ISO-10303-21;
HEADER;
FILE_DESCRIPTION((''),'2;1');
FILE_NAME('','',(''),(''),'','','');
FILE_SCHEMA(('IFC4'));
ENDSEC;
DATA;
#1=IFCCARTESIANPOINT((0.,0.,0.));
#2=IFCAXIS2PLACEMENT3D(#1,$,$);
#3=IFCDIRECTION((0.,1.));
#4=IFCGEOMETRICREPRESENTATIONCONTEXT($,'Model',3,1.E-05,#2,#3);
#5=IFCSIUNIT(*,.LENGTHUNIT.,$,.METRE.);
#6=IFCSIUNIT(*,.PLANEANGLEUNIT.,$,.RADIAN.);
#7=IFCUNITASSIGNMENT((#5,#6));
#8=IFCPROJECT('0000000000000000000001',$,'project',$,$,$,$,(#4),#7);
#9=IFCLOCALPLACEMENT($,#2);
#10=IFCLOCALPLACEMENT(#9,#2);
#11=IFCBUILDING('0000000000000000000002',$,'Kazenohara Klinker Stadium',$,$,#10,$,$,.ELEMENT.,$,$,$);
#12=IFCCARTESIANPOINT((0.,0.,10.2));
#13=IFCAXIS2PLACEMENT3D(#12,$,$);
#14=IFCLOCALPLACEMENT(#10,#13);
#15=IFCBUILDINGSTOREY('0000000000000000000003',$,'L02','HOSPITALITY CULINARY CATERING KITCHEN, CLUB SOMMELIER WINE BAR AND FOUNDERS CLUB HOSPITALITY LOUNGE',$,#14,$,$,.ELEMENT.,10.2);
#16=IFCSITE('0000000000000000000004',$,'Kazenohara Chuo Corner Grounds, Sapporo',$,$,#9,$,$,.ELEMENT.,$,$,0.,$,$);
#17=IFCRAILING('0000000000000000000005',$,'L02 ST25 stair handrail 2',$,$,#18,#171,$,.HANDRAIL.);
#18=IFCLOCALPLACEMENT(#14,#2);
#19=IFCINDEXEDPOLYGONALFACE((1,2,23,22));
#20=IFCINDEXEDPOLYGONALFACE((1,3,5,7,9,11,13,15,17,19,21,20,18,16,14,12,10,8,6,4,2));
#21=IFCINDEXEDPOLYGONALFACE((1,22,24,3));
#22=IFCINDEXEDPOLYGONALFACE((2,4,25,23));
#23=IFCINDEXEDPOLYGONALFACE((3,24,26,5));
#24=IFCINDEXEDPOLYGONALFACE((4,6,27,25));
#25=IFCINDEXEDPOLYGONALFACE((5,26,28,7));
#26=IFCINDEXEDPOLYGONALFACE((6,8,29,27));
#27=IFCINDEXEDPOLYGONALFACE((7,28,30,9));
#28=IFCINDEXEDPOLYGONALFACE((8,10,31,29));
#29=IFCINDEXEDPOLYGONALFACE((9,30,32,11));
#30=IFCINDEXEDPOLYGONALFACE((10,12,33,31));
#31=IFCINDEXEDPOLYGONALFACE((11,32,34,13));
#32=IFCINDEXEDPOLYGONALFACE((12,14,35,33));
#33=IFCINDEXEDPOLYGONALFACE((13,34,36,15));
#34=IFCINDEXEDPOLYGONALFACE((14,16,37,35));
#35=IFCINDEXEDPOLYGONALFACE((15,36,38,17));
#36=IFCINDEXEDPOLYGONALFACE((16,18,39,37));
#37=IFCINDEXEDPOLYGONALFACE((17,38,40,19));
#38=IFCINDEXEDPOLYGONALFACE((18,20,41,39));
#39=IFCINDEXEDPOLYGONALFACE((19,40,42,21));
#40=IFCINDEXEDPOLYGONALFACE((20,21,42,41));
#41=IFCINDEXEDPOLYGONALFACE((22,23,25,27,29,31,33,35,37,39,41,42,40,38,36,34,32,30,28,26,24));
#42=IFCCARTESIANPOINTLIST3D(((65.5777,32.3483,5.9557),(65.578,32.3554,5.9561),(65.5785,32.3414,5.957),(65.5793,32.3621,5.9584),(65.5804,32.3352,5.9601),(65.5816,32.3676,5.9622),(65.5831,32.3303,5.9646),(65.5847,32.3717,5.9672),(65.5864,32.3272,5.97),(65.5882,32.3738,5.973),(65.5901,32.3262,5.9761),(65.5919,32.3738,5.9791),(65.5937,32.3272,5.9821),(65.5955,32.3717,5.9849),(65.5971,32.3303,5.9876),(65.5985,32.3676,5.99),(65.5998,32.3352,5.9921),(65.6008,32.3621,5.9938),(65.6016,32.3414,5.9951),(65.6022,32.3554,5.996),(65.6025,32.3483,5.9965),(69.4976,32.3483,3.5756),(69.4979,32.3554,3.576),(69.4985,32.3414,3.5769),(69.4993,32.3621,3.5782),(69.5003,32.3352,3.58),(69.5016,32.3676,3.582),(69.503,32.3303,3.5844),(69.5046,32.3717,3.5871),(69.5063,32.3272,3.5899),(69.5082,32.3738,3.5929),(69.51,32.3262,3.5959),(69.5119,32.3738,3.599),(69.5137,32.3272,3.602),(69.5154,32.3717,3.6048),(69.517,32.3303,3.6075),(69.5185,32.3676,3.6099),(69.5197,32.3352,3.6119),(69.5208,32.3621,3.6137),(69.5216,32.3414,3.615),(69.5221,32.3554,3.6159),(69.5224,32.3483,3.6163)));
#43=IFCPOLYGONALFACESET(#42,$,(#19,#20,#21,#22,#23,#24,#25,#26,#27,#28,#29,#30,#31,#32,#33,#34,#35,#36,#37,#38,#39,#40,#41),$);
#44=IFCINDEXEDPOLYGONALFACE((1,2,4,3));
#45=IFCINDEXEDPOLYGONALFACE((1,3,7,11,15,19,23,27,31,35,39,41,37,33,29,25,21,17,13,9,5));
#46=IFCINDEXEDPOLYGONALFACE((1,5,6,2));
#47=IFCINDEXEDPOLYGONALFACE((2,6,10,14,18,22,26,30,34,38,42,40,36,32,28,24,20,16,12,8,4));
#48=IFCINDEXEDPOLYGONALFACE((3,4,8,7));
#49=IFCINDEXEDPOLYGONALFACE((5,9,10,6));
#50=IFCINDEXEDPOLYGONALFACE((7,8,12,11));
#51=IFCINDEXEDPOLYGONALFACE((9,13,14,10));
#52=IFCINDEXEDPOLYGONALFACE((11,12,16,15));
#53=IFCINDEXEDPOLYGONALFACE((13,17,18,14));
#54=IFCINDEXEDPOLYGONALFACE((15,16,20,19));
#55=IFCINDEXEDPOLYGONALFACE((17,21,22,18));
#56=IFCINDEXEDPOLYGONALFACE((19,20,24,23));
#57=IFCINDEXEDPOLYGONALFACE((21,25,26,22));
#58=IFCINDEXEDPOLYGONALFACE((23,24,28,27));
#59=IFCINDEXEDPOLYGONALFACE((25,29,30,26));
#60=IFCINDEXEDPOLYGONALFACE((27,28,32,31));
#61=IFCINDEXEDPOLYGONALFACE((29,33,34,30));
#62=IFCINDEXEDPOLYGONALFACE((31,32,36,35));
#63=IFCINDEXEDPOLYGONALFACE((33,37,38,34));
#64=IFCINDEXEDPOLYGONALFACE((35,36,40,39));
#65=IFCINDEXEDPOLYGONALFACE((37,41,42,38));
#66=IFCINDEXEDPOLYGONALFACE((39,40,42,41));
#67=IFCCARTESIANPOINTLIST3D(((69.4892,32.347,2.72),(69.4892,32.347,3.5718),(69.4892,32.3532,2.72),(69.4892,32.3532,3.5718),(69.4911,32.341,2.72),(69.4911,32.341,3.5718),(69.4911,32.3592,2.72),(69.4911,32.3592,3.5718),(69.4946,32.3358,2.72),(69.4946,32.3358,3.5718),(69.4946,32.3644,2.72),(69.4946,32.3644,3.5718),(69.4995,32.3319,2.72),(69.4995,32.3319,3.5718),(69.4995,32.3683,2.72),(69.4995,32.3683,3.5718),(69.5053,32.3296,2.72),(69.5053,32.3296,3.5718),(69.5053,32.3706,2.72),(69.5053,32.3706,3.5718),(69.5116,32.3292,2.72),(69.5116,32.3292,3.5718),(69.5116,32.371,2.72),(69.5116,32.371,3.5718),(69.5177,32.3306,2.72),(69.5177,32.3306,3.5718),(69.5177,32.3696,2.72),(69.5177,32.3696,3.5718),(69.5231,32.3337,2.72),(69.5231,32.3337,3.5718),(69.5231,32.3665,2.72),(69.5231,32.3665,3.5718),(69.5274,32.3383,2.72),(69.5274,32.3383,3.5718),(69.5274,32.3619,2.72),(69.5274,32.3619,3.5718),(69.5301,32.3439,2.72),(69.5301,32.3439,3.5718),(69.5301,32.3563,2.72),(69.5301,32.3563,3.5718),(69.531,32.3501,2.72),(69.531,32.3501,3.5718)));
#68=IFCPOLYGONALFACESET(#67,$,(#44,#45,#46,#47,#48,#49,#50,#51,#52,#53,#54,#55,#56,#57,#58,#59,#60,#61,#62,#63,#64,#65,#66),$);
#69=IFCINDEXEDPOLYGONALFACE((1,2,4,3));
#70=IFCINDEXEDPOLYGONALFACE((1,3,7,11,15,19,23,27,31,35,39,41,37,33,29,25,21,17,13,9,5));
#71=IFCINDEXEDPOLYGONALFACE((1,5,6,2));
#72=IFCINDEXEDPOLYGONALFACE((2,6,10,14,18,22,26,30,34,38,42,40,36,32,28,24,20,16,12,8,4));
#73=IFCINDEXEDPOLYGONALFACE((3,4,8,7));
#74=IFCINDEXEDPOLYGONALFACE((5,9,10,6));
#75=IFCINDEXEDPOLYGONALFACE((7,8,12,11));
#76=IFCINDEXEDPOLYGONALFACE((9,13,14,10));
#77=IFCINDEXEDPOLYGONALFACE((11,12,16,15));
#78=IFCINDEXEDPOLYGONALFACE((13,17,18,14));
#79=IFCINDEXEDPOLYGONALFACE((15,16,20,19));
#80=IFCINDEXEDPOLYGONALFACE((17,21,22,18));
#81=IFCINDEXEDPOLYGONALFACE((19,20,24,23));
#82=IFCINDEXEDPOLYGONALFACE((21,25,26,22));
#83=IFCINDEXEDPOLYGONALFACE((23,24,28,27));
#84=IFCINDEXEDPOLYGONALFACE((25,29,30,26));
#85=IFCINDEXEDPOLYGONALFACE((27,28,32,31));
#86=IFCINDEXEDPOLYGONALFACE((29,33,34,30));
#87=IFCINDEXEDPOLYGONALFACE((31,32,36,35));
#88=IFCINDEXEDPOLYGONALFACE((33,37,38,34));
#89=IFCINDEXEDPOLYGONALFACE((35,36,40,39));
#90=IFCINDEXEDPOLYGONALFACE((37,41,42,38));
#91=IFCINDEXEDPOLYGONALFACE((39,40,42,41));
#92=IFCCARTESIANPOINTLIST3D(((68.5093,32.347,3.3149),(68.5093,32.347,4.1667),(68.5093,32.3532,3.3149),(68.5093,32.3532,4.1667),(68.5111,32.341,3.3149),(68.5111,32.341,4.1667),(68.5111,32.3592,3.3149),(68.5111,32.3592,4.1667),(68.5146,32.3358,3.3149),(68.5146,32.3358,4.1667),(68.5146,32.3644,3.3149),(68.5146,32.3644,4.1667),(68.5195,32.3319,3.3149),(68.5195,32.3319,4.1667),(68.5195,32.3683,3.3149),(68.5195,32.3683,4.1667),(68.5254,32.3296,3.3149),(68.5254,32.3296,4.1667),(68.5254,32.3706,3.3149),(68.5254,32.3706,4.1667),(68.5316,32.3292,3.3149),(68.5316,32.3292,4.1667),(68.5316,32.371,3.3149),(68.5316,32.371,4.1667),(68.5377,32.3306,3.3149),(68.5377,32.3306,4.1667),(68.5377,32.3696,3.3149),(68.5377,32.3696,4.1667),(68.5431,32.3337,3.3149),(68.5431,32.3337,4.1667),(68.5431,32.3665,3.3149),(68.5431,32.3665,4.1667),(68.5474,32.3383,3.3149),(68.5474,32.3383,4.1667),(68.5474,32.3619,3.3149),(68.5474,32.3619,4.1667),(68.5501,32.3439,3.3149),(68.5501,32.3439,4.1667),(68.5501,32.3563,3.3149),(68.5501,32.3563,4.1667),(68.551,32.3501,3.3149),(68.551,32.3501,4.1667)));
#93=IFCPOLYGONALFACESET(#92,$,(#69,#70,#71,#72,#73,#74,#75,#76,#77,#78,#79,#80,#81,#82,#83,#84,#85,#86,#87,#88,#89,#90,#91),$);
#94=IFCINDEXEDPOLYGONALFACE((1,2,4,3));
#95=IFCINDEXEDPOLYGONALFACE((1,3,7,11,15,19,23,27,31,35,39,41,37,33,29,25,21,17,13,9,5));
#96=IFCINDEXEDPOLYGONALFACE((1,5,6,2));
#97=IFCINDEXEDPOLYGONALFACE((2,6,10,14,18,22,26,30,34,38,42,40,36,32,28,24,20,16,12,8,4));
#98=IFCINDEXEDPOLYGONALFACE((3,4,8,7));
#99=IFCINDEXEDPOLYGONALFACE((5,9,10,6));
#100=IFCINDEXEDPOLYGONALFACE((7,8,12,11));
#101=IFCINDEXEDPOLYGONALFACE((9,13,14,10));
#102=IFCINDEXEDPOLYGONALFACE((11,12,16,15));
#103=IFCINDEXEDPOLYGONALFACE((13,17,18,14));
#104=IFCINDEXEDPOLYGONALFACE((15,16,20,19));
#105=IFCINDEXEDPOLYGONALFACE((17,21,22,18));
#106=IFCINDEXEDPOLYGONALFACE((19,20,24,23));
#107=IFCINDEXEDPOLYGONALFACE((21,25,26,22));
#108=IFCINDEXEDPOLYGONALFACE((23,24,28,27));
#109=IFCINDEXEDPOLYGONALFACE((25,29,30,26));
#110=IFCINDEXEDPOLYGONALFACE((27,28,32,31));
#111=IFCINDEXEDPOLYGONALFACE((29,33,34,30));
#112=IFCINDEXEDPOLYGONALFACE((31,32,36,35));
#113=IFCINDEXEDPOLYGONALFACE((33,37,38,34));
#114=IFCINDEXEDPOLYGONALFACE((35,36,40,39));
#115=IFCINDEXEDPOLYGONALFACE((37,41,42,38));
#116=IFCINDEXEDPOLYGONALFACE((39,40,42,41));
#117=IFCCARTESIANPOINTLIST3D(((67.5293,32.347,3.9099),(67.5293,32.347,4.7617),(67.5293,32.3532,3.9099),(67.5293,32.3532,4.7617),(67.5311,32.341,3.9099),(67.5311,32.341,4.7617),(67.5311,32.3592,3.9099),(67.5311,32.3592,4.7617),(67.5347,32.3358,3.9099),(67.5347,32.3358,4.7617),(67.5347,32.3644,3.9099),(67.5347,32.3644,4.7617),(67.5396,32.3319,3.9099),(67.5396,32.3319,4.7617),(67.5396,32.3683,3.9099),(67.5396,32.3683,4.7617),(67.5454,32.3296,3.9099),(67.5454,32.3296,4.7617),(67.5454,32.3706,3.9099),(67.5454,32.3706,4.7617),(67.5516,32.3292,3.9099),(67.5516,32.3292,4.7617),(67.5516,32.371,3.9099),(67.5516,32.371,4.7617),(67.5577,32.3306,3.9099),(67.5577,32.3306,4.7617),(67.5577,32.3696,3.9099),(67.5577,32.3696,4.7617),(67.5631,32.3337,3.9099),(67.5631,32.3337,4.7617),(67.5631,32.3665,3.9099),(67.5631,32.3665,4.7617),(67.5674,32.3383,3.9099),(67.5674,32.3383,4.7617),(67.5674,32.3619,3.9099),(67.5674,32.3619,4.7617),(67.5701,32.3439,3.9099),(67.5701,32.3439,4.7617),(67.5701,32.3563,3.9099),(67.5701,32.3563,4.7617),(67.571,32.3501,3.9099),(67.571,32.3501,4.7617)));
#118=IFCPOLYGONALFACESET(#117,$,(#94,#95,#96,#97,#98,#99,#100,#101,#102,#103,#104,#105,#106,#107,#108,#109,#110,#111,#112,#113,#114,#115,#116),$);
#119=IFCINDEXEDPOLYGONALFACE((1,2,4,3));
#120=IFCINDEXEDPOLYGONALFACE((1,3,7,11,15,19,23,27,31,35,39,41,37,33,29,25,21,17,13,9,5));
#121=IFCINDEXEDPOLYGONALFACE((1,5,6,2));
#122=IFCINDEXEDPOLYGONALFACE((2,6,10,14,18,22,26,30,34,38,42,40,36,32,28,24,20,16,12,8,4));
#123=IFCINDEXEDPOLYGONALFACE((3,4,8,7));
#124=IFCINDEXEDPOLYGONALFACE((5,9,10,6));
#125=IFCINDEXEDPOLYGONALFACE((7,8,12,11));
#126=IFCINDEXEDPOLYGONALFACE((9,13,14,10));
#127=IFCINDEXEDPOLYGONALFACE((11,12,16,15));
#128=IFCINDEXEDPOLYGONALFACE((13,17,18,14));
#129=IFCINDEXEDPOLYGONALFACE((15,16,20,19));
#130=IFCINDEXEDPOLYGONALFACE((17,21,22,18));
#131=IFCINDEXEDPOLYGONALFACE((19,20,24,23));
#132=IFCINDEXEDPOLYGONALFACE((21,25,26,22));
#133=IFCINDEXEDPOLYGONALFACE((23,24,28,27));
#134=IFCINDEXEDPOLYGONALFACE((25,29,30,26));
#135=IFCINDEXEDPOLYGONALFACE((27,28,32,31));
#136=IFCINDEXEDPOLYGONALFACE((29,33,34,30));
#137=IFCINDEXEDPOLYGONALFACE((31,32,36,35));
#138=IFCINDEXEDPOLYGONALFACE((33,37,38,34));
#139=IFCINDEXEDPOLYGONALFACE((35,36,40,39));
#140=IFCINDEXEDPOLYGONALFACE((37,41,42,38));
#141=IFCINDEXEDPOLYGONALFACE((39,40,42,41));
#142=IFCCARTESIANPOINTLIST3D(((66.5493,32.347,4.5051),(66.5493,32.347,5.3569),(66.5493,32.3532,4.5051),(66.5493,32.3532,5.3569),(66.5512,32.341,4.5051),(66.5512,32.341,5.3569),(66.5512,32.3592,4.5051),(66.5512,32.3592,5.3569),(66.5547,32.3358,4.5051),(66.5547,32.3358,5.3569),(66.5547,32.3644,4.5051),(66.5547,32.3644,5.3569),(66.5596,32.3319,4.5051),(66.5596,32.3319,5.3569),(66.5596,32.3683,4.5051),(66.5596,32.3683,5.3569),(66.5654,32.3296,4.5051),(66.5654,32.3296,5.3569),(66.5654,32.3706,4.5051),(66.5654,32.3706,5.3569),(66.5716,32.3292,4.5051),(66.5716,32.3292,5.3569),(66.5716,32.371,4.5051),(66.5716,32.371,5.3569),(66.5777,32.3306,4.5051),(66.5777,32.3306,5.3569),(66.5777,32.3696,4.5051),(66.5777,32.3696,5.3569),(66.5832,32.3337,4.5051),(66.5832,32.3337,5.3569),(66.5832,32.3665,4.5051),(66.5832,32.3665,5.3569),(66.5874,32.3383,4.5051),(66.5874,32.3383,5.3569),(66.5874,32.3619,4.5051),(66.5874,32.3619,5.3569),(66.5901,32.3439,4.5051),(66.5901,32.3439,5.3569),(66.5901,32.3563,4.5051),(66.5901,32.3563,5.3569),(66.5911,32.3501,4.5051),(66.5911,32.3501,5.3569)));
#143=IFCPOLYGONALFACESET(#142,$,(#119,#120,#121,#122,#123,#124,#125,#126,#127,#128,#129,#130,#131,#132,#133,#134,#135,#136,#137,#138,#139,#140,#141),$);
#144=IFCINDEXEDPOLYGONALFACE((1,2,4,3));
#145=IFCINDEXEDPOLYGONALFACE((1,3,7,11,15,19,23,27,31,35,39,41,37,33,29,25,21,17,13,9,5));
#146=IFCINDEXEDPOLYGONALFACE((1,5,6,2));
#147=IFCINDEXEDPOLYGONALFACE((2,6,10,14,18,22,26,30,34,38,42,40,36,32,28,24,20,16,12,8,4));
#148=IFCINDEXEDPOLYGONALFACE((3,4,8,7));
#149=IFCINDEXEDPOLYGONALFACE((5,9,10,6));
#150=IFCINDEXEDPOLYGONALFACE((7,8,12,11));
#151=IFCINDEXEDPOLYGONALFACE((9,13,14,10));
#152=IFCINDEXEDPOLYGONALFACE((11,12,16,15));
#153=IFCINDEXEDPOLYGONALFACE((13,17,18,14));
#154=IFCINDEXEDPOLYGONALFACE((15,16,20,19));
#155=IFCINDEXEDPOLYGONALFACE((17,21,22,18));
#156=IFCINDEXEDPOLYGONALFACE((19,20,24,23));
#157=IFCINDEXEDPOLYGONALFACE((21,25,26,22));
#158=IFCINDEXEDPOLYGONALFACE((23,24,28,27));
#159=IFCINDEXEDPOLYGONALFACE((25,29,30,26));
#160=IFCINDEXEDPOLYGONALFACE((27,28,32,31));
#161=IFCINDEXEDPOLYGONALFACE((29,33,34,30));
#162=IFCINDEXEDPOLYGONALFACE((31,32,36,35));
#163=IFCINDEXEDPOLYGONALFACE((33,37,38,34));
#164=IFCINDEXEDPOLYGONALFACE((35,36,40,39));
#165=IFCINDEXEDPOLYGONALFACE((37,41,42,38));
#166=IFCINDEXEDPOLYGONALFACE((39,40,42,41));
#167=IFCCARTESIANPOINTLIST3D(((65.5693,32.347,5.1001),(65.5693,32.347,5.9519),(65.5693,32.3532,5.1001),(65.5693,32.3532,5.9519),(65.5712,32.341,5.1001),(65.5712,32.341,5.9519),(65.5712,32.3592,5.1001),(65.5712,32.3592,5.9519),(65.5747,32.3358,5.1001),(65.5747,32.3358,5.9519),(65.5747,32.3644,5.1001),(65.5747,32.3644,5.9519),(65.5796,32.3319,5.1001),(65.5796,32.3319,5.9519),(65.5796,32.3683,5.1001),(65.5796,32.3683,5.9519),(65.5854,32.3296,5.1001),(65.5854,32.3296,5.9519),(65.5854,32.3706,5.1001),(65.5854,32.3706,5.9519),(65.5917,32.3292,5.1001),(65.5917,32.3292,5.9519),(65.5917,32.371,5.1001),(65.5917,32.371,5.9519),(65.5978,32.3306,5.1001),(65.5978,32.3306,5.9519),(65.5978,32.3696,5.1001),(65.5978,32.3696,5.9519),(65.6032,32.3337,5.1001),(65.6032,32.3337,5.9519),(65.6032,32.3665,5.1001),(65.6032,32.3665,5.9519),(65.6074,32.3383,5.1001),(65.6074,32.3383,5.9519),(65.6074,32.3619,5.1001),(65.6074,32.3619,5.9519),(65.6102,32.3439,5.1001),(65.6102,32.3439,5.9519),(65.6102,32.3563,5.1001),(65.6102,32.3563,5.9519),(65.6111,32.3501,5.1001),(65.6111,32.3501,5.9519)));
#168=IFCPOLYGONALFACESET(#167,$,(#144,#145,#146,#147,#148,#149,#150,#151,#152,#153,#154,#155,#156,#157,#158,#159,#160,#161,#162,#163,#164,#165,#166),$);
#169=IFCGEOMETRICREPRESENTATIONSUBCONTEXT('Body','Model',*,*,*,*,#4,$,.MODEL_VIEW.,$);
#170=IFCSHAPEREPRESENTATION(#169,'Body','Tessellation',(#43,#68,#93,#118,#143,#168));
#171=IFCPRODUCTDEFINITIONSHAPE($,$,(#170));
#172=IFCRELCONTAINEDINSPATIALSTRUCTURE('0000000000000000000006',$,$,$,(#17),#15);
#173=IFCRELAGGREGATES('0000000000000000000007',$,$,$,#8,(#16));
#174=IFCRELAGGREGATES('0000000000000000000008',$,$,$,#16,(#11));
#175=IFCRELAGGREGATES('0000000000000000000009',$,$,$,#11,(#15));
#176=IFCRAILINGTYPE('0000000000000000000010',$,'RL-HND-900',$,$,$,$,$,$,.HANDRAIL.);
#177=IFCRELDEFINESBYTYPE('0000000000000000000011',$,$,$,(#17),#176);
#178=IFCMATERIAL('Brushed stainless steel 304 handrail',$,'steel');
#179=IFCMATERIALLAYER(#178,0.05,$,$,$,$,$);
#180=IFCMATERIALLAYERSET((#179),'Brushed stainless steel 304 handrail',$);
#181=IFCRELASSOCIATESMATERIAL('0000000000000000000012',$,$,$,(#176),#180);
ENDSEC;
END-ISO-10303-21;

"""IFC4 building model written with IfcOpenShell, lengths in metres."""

from ifc_helpers import new_model, si_unit, direction, frame, origin, origin_2d, place, context, subcontext, project, spatial, circle, extrude, material, layer, layer_set, type_object, element, save


model = new_model("IFC4")

# Units and contexts
model_context = context("Model", 3, precision=1e-05, world=origin(), true_north=direction((0.0, 1.0)))
body_context = subcontext(model_context, "Body", "Model", "MODEL_VIEW")
ifc_project = project(units=[si_unit("LENGTHUNIT", "METRE"), si_unit("PLANEANGLEUNIT", "RADIAN")], contexts=[model_context])

# Site, building, storey
site_placement = place(None, origin())
site = spatial("IfcSite", under=ifc_project, at=site_placement, Name="Kazenohara Chuo Corner Grounds, Sapporo", CompositionType="ELEMENT", RefElevation=0.0)
building_placement = place(site_placement, origin())
building = spatial("IfcBuilding", under=site, at=building_placement, Name="Kazenohara Klinker Stadium", CompositionType="ELEMENT")
storey_placement = place(building_placement, frame((0.0, 0.0, 10.2)))
storey = spatial("IfcBuildingStorey", under=building, at=storey_placement, Name="L02", Description="HOSPITALITY CULINARY CATERING KITCHEN, CLUB SOMMELIER WINE BAR AND FOUNDERS CLUB HOSPITALITY LOUNGE", CompositionType="ELEMENT", Elevation=10.2)

# Railing
ifc_material_1 = material(Name="Brushed stainless steel 304 handrail", Category="steel")
ifc_layer_1 = layer(ifc_material_1, 0.05)
ifc_layer_set_1 = layer_set([ifc_layer_1], Name="Brushed stainless steel 304 handrail")
railing_type_1 = type_object("IfcRailingType", Name="RL-HND-900", PredefinedType="HANDRAIL", material=ifc_layer_set_1)
railing_1_placement = place(storey_placement, frame((69.51, 32.3501, 2.72)))
element("IfcRailing", 1, at=railing_1_placement, inside=storey, type_object=railing_type_1, Name="L02 ST25 stair handrail 2", PredefinedType="HANDRAIL", context=body_context, shape_type="SweptSolid", body=[
    extrude(circle(Radius=0.0239, at=origin_2d()), frame((0.0, 0.0, 0.876), z_axis=(-0.854771, 0.0, 0.519006), x_axis=(0.0, -1.0, 0.0)), (0.0, 0.0, 1.0), 4.5859),
    extrude(circle(Radius=0.021, at=origin_2d()), origin(), (0.0, 0.0, 1.0), 0.8518),
    extrude(circle(Radius=0.021, at=origin_2d()), frame((-0.98, 0.0, 0.595)), (0.0, 0.0, 1.0), 0.8518),
    extrude(circle(Radius=0.021, at=origin_2d()), frame((-1.96, 0.0, 1.1899)), (0.0, 0.0, 1.0), 0.8518),
    extrude(circle(Radius=0.021, at=origin_2d()), frame((-2.9399, 0.0, 1.7852)), (0.0, 0.0, 1.0), 0.8518),
    extrude(circle(Radius=0.021, at=origin_2d()), frame((-3.9199, 0.0, 2.3801)), (0.0, 0.0, 1.0), 0.8518),
])

save(model, "model.ifc")
